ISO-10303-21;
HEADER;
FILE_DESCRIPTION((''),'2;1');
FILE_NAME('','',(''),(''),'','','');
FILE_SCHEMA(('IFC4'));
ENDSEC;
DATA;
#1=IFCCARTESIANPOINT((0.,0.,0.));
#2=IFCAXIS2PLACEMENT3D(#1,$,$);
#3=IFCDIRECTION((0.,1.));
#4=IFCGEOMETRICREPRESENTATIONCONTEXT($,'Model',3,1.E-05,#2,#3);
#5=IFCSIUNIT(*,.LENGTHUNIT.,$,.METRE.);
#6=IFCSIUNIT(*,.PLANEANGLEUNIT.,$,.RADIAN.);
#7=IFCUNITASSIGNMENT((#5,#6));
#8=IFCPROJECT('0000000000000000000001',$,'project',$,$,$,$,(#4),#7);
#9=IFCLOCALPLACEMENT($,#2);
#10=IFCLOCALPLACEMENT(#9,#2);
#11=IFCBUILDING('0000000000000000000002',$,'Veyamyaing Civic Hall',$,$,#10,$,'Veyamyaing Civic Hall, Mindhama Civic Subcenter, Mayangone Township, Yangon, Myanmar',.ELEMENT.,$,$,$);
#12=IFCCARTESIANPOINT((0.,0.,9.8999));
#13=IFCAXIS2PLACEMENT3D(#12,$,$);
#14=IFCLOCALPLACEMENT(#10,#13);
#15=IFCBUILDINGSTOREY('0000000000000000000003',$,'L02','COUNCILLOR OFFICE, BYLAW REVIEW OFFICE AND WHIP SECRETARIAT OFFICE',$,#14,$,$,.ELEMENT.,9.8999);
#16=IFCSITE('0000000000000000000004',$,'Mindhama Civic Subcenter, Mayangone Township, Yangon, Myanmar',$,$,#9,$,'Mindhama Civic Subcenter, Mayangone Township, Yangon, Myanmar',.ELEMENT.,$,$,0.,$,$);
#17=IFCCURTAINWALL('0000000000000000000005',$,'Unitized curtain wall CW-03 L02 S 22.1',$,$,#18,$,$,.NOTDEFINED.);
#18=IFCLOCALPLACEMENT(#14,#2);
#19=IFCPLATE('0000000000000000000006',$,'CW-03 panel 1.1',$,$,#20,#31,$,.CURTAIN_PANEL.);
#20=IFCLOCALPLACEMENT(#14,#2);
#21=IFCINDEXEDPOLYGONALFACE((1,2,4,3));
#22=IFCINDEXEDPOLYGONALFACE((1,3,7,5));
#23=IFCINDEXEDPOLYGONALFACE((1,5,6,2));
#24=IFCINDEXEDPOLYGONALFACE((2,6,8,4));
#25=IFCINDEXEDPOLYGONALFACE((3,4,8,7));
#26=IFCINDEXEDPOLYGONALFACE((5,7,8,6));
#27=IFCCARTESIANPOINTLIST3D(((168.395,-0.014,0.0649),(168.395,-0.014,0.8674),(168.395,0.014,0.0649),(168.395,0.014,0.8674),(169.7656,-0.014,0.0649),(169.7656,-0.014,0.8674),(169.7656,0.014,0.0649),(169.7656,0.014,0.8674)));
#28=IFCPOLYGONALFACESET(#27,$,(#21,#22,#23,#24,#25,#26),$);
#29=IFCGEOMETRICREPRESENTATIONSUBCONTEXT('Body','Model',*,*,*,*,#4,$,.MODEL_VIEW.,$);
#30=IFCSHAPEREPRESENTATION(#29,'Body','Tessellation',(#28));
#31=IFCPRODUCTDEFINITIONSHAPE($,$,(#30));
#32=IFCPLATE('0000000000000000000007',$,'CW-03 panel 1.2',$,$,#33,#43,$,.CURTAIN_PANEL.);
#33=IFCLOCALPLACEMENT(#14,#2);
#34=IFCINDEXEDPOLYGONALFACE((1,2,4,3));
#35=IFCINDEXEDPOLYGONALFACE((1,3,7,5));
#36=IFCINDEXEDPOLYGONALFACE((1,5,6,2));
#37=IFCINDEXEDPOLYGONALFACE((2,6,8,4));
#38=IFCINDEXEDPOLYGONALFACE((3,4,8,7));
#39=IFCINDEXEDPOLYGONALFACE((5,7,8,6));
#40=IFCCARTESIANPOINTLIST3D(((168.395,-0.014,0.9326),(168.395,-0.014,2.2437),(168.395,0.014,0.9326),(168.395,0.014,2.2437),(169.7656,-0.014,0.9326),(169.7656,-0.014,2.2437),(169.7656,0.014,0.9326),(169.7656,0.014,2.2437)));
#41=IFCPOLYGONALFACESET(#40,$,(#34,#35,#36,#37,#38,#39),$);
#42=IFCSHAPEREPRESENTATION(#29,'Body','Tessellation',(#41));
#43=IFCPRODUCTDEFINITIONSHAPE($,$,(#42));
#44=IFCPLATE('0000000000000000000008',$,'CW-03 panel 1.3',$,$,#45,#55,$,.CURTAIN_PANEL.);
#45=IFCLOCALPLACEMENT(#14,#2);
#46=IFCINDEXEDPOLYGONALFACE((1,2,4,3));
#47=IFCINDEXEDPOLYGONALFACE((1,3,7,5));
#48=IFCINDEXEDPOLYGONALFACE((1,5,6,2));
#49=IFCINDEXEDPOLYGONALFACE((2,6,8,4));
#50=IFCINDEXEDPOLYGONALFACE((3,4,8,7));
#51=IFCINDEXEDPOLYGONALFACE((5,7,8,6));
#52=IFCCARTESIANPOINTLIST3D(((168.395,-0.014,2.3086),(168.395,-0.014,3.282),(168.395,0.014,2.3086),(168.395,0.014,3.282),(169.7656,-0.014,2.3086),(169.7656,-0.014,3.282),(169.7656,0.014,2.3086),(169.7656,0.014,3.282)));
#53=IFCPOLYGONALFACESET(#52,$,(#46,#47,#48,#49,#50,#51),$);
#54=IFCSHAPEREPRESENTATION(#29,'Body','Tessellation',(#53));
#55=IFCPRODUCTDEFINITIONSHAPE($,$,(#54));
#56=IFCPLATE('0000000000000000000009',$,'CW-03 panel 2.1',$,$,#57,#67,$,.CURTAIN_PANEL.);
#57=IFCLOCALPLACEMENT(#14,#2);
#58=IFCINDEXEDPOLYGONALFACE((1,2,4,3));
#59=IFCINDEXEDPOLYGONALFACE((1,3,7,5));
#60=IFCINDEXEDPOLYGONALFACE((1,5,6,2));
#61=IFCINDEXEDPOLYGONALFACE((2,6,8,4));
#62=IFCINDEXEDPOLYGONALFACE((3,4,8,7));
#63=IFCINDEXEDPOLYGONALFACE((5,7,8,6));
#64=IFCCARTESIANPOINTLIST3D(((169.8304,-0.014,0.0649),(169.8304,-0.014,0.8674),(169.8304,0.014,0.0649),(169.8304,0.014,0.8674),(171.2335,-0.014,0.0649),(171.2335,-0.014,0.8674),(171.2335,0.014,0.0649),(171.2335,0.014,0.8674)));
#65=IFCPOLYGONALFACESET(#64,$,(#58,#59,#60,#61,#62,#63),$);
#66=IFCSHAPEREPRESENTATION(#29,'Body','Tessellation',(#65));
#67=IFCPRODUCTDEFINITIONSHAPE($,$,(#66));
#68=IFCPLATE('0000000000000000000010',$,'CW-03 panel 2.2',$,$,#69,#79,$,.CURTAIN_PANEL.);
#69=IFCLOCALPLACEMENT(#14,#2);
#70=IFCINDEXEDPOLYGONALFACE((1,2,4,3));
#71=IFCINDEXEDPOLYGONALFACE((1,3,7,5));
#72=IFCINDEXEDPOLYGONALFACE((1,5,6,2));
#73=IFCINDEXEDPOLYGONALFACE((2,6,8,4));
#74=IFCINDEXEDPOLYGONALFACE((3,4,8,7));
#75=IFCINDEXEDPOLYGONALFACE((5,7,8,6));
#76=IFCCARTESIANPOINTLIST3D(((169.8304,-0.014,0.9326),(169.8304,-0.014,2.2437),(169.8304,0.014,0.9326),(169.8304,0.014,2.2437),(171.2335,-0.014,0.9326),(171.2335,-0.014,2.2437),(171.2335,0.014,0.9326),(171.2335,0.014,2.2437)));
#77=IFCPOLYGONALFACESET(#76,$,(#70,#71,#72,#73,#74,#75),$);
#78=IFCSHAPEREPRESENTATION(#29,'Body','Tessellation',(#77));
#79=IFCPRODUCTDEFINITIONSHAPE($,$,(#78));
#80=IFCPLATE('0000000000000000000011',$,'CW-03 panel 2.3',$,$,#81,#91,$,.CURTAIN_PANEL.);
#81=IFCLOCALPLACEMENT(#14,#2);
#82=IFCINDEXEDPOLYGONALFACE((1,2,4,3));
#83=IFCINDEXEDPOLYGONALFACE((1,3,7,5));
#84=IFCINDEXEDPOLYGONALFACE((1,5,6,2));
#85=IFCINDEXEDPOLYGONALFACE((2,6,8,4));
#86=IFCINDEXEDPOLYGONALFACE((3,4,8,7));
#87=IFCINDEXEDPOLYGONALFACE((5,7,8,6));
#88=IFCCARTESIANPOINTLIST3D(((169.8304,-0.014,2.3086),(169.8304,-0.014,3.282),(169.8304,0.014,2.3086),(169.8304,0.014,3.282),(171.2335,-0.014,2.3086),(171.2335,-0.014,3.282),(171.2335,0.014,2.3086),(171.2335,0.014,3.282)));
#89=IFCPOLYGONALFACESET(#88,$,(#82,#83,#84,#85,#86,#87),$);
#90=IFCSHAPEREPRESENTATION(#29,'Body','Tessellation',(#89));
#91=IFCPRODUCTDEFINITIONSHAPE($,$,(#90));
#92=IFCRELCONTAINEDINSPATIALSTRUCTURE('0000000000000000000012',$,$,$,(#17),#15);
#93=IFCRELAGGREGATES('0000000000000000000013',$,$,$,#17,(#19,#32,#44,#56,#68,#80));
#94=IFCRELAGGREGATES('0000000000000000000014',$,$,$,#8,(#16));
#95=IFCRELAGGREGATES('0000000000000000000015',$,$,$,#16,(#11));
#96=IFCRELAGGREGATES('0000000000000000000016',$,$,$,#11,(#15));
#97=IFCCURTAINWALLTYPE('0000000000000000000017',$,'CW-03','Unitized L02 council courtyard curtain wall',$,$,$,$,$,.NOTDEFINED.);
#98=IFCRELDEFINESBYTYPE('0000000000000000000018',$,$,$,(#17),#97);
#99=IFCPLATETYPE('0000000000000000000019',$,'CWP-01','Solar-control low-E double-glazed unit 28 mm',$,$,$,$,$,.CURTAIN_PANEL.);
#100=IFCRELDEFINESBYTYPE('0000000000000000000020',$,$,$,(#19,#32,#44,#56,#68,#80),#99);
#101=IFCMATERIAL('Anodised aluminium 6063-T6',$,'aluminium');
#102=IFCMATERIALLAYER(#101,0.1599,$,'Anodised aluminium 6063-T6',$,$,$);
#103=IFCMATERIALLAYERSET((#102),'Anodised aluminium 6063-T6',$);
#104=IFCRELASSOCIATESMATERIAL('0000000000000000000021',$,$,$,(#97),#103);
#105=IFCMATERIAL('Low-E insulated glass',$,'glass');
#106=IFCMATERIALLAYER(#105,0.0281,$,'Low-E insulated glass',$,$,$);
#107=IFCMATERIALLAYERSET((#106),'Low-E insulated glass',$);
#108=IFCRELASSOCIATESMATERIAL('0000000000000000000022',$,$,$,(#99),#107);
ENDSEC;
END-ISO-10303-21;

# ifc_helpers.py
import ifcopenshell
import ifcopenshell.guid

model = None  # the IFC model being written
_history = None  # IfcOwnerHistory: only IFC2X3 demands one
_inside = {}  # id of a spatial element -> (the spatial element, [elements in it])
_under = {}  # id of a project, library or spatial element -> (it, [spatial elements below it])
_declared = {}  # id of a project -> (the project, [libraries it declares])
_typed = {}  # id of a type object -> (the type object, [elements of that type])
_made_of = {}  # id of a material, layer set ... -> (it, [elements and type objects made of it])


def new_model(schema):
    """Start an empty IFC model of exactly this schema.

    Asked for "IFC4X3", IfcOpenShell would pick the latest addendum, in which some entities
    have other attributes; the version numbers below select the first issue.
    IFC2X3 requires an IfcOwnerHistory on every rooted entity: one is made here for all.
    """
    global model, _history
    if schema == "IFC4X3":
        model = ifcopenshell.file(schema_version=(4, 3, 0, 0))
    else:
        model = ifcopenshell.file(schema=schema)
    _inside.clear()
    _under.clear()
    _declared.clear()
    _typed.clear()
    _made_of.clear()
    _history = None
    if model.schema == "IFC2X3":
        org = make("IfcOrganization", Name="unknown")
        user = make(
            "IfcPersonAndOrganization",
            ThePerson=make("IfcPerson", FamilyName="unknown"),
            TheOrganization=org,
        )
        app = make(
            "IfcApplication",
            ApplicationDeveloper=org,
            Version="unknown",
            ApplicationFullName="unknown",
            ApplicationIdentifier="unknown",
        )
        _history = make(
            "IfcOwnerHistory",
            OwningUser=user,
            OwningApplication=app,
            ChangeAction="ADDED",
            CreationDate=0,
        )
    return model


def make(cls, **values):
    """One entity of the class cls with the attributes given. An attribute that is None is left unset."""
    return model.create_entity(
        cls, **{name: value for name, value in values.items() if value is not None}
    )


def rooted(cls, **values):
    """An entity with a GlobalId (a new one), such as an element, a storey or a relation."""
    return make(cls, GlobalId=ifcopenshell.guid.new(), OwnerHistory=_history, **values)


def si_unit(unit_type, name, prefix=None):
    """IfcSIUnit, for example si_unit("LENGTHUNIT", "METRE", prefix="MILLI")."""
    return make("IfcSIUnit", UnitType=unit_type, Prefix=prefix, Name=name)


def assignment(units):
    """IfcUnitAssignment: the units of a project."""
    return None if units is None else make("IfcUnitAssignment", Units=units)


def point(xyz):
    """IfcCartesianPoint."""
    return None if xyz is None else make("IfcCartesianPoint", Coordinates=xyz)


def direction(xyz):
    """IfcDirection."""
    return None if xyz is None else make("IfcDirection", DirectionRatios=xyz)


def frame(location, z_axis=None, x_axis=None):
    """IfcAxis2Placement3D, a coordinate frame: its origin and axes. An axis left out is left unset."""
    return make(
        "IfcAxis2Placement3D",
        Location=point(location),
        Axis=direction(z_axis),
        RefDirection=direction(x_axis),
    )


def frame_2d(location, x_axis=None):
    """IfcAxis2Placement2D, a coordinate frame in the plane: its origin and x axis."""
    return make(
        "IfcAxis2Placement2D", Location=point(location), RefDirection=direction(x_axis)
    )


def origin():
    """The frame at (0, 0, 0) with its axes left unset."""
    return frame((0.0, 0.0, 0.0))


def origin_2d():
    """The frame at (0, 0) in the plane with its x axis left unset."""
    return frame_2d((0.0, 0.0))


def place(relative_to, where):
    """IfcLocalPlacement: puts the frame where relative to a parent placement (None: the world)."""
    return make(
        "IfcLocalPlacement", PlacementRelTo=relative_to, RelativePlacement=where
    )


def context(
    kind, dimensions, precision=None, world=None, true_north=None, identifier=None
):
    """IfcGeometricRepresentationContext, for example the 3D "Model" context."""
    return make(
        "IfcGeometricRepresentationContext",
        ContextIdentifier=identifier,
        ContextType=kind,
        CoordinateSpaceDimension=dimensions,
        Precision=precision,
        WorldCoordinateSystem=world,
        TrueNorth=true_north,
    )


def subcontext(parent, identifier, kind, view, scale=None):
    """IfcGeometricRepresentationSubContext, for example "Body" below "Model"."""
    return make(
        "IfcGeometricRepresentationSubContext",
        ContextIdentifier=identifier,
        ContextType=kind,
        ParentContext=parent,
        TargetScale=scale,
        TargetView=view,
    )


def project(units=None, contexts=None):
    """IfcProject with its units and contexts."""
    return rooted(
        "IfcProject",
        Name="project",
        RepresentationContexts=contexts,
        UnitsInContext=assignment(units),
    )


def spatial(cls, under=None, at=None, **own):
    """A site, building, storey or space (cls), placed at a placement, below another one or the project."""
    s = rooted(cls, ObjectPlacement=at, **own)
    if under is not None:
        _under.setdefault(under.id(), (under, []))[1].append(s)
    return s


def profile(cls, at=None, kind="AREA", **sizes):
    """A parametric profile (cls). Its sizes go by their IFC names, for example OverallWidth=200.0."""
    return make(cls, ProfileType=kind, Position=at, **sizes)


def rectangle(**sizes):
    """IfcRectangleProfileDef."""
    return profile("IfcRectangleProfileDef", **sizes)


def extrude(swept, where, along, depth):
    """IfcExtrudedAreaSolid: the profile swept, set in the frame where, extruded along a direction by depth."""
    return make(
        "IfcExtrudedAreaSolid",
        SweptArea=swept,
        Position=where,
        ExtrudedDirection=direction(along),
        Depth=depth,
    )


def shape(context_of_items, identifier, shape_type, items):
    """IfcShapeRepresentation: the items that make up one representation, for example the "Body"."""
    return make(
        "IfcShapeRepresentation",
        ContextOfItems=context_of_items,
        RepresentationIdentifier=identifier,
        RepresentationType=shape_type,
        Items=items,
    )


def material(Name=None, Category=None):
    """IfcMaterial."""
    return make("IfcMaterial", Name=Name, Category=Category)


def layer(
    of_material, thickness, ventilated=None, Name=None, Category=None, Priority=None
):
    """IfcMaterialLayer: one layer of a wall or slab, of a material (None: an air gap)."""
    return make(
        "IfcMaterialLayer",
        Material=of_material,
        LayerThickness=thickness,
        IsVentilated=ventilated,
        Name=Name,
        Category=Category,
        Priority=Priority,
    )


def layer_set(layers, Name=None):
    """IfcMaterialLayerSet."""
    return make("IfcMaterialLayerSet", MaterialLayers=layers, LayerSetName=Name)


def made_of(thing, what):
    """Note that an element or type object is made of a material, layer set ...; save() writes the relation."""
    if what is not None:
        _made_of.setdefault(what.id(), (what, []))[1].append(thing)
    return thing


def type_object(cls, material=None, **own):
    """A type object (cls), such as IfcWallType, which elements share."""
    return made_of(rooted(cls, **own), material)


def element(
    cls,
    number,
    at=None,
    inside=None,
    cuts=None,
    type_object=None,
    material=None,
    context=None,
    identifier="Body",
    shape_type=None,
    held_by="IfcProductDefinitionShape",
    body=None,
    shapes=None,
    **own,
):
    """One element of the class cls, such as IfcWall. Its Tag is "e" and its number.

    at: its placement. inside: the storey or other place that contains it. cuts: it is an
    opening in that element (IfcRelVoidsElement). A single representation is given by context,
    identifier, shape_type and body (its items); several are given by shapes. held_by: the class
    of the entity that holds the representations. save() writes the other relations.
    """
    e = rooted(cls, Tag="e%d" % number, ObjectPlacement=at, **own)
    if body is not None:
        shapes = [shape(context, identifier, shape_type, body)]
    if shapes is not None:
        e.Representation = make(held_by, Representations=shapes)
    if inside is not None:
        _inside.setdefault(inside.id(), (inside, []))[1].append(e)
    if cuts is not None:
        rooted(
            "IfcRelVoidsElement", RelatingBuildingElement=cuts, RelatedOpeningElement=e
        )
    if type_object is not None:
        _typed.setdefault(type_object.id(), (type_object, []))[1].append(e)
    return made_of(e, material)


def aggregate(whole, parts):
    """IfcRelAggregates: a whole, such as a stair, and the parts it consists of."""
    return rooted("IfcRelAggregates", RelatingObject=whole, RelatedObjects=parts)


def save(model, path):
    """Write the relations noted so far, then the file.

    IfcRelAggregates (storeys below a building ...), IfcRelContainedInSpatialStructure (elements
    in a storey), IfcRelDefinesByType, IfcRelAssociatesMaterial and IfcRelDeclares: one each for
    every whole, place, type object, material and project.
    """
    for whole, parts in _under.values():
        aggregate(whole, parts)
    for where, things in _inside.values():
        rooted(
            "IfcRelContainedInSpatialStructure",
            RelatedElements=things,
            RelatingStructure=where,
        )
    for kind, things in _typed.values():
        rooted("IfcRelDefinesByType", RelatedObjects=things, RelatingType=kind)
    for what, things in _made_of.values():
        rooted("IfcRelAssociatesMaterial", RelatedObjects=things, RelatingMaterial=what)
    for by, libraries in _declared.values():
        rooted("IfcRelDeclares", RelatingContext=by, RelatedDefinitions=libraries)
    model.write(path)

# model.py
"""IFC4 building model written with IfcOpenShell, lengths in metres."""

from ifc_helpers import new_model, si_unit, direction, frame, origin, origin_2d, place, context, subcontext, project, spatial, rectangle, extrude, material, layer, layer_set, type_object, element, aggregate, save


model = new_model("IFC4")

# Units and contexts
model_context = context("Model", 3, precision=1e-05, world=origin(), true_north=direction((0.0, 1.0)))
body_context = subcontext(model_context, "Body", "Model", "MODEL_VIEW")
ifc_project = project(units=[si_unit("LENGTHUNIT", "METRE"), si_unit("PLANEANGLEUNIT", "RADIAN")], contexts=[model_context])

# Site, building, storey
site_placement = place(None, origin())
site = spatial("IfcSite", under=ifc_project, at=site_placement, Name="Mindhama Civic Subcenter, Mayangone Township, Yangon, Myanmar", LongName="Mindhama Civic Subcenter, Mayangone Township, Yangon, Myanmar", CompositionType="ELEMENT", RefElevation=0.0)
building_placement = place(site_placement, origin())
building = spatial("IfcBuilding", under=site, at=building_placement, Name="Veyamyaing Civic Hall", LongName="Veyamyaing Civic Hall, Mindhama Civic Subcenter, Mayangone Township, Yangon, Myanmar", CompositionType="ELEMENT")
storey_placement = place(building_placement, frame((0.0, 0.0, 9.8999)))
storey = spatial("IfcBuildingStorey", under=building, at=storey_placement, Name="L02", Description="COUNCILLOR OFFICE, BYLAW REVIEW OFFICE AND WHIP SECRETARIAT OFFICE", CompositionType="ELEMENT", Elevation=9.8999)

# Curtain wall, plates
ifc_material_1 = material(Name="Anodised aluminium 6063-T6", Category="aluminium")
ifc_layer_1 = layer(ifc_material_1, 0.1599, Name="Anodised aluminium 6063-T6")
ifc_layer_set_1 = layer_set([ifc_layer_1], Name="Anodised aluminium 6063-T6")
curtain_wall_type = type_object("IfcCurtainWallType", Name="CW-03", Description="Unitized L02 council courtyard curtain wall", PredefinedType="NOTDEFINED", material=ifc_layer_set_1)
curtain_wall_placement = place(storey_placement, origin())
curtain_wall = element("IfcCurtainWall", 1, at=curtain_wall_placement, inside=storey, type_object=curtain_wall_type, Name="Unitized curtain wall CW-03 L02 S 22.1", PredefinedType="NOTDEFINED")
ifc_material_2 = material(Name="Low-E insulated glass", Category="glass")
ifc_layer_2 = layer(ifc_material_2, 0.0281, Name="Low-E insulated glass")
ifc_layer_set_2 = layer_set([ifc_layer_2], Name="Low-E insulated glass")
plate_type = type_object("IfcPlateType", Name="CWP-01", Description="Solar-control low-E double-glazed unit 28 mm", PredefinedType="CURTAIN_PANEL", material=ifc_layer_set_2)
plate_1_placement = place(storey_placement, frame((169.0803, 0.0, 0.0649), z_axis=(0.0, 0.0, 1.0), x_axis=(1.0, 0.0, 0.0)))
plate_1 = element("IfcPlate", 2, at=plate_1_placement, type_object=plate_type, Name="CW-03 panel 1.1", PredefinedType="CURTAIN_PANEL", context=body_context, shape_type="SweptSolid", body=[
    extrude(rectangle(XDim=1.3706, YDim=0.0281, at=origin_2d()), origin(), (0.0, 0.0, 1.0), 0.8025),
])
plate_2_placement = place(storey_placement, frame((169.0803, 0.0, 0.9326), z_axis=(0.0, 0.0, 1.0), x_axis=(1.0, 0.0, 0.0)))
plate_2 = element("IfcPlate", 3, at=plate_2_placement, type_object=plate_type, Name="CW-03 panel 1.2", PredefinedType="CURTAIN_PANEL", context=body_context, shape_type="SweptSolid", body=[
    extrude(rectangle(XDim=1.3706, YDim=0.0281, at=origin_2d()), origin(), (0.0, 0.0, 1.0), 1.311),
])
plate_3_placement = place(storey_placement, frame((169.0803, 0.0, 2.3086), z_axis=(0.0, 0.0, 1.0), x_axis=(1.0, 0.0, 0.0)))
plate_3 = element("IfcPlate", 4, at=plate_3_placement, type_object=plate_type, Name="CW-03 panel 1.3", PredefinedType="CURTAIN_PANEL", context=body_context, shape_type="SweptSolid", body=[
    extrude(rectangle(XDim=1.3706, YDim=0.0281, at=origin_2d()), origin(), (0.0, 0.0, 1.0), 0.9734),
])
plate_4_placement = place(storey_placement, frame((170.532, 0.0, 0.0649), z_axis=(0.0, 0.0, 1.0), x_axis=(1.0, 0.0, 0.0)))
plate_4 = element("IfcPlate", 5, at=plate_4_placement, type_object=plate_type, Name="CW-03 panel 2.1", PredefinedType="CURTAIN_PANEL", context=body_context, shape_type="SweptSolid", body=[
    extrude(rectangle(XDim=1.4031, YDim=0.0281, at=origin_2d()), origin(), (0.0, 0.0, 1.0), 0.8025),
])
plate_5_placement = place(storey_placement, frame((170.532, 0.0, 0.9326), z_axis=(0.0, 0.0, 1.0), x_axis=(1.0, 0.0, 0.0)))
plate_5 = element("IfcPlate", 6, at=plate_5_placement, type_object=plate_type, Name="CW-03 panel 2.2", PredefinedType="CURTAIN_PANEL", context=body_context, shape_type="SweptSolid", body=[
    extrude(rectangle(XDim=1.4031, YDim=0.0281, at=origin_2d()), origin(), (0.0, 0.0, 1.0), 1.311),
])
plate_6_placement = place(storey_placement, frame((170.532, 0.0, 2.3086), z_axis=(0.0, 0.0, 1.0), x_axis=(1.0, 0.0, 0.0)))
plate_6 = element("IfcPlate", 7, at=plate_6_placement, type_object=plate_type, Name="CW-03 panel 2.3", PredefinedType="CURTAIN_PANEL", context=body_context, shape_type="SweptSolid", body=[
    extrude(rectangle(XDim=1.4031, YDim=0.0281, at=origin_2d()), origin(), (0.0, 0.0, 1.0), 0.9734),
])
aggregate(curtain_wall, [plate_1, plate_2, plate_3, plate_4, plate_5, plate_6])

save(model, "model.ifc")
